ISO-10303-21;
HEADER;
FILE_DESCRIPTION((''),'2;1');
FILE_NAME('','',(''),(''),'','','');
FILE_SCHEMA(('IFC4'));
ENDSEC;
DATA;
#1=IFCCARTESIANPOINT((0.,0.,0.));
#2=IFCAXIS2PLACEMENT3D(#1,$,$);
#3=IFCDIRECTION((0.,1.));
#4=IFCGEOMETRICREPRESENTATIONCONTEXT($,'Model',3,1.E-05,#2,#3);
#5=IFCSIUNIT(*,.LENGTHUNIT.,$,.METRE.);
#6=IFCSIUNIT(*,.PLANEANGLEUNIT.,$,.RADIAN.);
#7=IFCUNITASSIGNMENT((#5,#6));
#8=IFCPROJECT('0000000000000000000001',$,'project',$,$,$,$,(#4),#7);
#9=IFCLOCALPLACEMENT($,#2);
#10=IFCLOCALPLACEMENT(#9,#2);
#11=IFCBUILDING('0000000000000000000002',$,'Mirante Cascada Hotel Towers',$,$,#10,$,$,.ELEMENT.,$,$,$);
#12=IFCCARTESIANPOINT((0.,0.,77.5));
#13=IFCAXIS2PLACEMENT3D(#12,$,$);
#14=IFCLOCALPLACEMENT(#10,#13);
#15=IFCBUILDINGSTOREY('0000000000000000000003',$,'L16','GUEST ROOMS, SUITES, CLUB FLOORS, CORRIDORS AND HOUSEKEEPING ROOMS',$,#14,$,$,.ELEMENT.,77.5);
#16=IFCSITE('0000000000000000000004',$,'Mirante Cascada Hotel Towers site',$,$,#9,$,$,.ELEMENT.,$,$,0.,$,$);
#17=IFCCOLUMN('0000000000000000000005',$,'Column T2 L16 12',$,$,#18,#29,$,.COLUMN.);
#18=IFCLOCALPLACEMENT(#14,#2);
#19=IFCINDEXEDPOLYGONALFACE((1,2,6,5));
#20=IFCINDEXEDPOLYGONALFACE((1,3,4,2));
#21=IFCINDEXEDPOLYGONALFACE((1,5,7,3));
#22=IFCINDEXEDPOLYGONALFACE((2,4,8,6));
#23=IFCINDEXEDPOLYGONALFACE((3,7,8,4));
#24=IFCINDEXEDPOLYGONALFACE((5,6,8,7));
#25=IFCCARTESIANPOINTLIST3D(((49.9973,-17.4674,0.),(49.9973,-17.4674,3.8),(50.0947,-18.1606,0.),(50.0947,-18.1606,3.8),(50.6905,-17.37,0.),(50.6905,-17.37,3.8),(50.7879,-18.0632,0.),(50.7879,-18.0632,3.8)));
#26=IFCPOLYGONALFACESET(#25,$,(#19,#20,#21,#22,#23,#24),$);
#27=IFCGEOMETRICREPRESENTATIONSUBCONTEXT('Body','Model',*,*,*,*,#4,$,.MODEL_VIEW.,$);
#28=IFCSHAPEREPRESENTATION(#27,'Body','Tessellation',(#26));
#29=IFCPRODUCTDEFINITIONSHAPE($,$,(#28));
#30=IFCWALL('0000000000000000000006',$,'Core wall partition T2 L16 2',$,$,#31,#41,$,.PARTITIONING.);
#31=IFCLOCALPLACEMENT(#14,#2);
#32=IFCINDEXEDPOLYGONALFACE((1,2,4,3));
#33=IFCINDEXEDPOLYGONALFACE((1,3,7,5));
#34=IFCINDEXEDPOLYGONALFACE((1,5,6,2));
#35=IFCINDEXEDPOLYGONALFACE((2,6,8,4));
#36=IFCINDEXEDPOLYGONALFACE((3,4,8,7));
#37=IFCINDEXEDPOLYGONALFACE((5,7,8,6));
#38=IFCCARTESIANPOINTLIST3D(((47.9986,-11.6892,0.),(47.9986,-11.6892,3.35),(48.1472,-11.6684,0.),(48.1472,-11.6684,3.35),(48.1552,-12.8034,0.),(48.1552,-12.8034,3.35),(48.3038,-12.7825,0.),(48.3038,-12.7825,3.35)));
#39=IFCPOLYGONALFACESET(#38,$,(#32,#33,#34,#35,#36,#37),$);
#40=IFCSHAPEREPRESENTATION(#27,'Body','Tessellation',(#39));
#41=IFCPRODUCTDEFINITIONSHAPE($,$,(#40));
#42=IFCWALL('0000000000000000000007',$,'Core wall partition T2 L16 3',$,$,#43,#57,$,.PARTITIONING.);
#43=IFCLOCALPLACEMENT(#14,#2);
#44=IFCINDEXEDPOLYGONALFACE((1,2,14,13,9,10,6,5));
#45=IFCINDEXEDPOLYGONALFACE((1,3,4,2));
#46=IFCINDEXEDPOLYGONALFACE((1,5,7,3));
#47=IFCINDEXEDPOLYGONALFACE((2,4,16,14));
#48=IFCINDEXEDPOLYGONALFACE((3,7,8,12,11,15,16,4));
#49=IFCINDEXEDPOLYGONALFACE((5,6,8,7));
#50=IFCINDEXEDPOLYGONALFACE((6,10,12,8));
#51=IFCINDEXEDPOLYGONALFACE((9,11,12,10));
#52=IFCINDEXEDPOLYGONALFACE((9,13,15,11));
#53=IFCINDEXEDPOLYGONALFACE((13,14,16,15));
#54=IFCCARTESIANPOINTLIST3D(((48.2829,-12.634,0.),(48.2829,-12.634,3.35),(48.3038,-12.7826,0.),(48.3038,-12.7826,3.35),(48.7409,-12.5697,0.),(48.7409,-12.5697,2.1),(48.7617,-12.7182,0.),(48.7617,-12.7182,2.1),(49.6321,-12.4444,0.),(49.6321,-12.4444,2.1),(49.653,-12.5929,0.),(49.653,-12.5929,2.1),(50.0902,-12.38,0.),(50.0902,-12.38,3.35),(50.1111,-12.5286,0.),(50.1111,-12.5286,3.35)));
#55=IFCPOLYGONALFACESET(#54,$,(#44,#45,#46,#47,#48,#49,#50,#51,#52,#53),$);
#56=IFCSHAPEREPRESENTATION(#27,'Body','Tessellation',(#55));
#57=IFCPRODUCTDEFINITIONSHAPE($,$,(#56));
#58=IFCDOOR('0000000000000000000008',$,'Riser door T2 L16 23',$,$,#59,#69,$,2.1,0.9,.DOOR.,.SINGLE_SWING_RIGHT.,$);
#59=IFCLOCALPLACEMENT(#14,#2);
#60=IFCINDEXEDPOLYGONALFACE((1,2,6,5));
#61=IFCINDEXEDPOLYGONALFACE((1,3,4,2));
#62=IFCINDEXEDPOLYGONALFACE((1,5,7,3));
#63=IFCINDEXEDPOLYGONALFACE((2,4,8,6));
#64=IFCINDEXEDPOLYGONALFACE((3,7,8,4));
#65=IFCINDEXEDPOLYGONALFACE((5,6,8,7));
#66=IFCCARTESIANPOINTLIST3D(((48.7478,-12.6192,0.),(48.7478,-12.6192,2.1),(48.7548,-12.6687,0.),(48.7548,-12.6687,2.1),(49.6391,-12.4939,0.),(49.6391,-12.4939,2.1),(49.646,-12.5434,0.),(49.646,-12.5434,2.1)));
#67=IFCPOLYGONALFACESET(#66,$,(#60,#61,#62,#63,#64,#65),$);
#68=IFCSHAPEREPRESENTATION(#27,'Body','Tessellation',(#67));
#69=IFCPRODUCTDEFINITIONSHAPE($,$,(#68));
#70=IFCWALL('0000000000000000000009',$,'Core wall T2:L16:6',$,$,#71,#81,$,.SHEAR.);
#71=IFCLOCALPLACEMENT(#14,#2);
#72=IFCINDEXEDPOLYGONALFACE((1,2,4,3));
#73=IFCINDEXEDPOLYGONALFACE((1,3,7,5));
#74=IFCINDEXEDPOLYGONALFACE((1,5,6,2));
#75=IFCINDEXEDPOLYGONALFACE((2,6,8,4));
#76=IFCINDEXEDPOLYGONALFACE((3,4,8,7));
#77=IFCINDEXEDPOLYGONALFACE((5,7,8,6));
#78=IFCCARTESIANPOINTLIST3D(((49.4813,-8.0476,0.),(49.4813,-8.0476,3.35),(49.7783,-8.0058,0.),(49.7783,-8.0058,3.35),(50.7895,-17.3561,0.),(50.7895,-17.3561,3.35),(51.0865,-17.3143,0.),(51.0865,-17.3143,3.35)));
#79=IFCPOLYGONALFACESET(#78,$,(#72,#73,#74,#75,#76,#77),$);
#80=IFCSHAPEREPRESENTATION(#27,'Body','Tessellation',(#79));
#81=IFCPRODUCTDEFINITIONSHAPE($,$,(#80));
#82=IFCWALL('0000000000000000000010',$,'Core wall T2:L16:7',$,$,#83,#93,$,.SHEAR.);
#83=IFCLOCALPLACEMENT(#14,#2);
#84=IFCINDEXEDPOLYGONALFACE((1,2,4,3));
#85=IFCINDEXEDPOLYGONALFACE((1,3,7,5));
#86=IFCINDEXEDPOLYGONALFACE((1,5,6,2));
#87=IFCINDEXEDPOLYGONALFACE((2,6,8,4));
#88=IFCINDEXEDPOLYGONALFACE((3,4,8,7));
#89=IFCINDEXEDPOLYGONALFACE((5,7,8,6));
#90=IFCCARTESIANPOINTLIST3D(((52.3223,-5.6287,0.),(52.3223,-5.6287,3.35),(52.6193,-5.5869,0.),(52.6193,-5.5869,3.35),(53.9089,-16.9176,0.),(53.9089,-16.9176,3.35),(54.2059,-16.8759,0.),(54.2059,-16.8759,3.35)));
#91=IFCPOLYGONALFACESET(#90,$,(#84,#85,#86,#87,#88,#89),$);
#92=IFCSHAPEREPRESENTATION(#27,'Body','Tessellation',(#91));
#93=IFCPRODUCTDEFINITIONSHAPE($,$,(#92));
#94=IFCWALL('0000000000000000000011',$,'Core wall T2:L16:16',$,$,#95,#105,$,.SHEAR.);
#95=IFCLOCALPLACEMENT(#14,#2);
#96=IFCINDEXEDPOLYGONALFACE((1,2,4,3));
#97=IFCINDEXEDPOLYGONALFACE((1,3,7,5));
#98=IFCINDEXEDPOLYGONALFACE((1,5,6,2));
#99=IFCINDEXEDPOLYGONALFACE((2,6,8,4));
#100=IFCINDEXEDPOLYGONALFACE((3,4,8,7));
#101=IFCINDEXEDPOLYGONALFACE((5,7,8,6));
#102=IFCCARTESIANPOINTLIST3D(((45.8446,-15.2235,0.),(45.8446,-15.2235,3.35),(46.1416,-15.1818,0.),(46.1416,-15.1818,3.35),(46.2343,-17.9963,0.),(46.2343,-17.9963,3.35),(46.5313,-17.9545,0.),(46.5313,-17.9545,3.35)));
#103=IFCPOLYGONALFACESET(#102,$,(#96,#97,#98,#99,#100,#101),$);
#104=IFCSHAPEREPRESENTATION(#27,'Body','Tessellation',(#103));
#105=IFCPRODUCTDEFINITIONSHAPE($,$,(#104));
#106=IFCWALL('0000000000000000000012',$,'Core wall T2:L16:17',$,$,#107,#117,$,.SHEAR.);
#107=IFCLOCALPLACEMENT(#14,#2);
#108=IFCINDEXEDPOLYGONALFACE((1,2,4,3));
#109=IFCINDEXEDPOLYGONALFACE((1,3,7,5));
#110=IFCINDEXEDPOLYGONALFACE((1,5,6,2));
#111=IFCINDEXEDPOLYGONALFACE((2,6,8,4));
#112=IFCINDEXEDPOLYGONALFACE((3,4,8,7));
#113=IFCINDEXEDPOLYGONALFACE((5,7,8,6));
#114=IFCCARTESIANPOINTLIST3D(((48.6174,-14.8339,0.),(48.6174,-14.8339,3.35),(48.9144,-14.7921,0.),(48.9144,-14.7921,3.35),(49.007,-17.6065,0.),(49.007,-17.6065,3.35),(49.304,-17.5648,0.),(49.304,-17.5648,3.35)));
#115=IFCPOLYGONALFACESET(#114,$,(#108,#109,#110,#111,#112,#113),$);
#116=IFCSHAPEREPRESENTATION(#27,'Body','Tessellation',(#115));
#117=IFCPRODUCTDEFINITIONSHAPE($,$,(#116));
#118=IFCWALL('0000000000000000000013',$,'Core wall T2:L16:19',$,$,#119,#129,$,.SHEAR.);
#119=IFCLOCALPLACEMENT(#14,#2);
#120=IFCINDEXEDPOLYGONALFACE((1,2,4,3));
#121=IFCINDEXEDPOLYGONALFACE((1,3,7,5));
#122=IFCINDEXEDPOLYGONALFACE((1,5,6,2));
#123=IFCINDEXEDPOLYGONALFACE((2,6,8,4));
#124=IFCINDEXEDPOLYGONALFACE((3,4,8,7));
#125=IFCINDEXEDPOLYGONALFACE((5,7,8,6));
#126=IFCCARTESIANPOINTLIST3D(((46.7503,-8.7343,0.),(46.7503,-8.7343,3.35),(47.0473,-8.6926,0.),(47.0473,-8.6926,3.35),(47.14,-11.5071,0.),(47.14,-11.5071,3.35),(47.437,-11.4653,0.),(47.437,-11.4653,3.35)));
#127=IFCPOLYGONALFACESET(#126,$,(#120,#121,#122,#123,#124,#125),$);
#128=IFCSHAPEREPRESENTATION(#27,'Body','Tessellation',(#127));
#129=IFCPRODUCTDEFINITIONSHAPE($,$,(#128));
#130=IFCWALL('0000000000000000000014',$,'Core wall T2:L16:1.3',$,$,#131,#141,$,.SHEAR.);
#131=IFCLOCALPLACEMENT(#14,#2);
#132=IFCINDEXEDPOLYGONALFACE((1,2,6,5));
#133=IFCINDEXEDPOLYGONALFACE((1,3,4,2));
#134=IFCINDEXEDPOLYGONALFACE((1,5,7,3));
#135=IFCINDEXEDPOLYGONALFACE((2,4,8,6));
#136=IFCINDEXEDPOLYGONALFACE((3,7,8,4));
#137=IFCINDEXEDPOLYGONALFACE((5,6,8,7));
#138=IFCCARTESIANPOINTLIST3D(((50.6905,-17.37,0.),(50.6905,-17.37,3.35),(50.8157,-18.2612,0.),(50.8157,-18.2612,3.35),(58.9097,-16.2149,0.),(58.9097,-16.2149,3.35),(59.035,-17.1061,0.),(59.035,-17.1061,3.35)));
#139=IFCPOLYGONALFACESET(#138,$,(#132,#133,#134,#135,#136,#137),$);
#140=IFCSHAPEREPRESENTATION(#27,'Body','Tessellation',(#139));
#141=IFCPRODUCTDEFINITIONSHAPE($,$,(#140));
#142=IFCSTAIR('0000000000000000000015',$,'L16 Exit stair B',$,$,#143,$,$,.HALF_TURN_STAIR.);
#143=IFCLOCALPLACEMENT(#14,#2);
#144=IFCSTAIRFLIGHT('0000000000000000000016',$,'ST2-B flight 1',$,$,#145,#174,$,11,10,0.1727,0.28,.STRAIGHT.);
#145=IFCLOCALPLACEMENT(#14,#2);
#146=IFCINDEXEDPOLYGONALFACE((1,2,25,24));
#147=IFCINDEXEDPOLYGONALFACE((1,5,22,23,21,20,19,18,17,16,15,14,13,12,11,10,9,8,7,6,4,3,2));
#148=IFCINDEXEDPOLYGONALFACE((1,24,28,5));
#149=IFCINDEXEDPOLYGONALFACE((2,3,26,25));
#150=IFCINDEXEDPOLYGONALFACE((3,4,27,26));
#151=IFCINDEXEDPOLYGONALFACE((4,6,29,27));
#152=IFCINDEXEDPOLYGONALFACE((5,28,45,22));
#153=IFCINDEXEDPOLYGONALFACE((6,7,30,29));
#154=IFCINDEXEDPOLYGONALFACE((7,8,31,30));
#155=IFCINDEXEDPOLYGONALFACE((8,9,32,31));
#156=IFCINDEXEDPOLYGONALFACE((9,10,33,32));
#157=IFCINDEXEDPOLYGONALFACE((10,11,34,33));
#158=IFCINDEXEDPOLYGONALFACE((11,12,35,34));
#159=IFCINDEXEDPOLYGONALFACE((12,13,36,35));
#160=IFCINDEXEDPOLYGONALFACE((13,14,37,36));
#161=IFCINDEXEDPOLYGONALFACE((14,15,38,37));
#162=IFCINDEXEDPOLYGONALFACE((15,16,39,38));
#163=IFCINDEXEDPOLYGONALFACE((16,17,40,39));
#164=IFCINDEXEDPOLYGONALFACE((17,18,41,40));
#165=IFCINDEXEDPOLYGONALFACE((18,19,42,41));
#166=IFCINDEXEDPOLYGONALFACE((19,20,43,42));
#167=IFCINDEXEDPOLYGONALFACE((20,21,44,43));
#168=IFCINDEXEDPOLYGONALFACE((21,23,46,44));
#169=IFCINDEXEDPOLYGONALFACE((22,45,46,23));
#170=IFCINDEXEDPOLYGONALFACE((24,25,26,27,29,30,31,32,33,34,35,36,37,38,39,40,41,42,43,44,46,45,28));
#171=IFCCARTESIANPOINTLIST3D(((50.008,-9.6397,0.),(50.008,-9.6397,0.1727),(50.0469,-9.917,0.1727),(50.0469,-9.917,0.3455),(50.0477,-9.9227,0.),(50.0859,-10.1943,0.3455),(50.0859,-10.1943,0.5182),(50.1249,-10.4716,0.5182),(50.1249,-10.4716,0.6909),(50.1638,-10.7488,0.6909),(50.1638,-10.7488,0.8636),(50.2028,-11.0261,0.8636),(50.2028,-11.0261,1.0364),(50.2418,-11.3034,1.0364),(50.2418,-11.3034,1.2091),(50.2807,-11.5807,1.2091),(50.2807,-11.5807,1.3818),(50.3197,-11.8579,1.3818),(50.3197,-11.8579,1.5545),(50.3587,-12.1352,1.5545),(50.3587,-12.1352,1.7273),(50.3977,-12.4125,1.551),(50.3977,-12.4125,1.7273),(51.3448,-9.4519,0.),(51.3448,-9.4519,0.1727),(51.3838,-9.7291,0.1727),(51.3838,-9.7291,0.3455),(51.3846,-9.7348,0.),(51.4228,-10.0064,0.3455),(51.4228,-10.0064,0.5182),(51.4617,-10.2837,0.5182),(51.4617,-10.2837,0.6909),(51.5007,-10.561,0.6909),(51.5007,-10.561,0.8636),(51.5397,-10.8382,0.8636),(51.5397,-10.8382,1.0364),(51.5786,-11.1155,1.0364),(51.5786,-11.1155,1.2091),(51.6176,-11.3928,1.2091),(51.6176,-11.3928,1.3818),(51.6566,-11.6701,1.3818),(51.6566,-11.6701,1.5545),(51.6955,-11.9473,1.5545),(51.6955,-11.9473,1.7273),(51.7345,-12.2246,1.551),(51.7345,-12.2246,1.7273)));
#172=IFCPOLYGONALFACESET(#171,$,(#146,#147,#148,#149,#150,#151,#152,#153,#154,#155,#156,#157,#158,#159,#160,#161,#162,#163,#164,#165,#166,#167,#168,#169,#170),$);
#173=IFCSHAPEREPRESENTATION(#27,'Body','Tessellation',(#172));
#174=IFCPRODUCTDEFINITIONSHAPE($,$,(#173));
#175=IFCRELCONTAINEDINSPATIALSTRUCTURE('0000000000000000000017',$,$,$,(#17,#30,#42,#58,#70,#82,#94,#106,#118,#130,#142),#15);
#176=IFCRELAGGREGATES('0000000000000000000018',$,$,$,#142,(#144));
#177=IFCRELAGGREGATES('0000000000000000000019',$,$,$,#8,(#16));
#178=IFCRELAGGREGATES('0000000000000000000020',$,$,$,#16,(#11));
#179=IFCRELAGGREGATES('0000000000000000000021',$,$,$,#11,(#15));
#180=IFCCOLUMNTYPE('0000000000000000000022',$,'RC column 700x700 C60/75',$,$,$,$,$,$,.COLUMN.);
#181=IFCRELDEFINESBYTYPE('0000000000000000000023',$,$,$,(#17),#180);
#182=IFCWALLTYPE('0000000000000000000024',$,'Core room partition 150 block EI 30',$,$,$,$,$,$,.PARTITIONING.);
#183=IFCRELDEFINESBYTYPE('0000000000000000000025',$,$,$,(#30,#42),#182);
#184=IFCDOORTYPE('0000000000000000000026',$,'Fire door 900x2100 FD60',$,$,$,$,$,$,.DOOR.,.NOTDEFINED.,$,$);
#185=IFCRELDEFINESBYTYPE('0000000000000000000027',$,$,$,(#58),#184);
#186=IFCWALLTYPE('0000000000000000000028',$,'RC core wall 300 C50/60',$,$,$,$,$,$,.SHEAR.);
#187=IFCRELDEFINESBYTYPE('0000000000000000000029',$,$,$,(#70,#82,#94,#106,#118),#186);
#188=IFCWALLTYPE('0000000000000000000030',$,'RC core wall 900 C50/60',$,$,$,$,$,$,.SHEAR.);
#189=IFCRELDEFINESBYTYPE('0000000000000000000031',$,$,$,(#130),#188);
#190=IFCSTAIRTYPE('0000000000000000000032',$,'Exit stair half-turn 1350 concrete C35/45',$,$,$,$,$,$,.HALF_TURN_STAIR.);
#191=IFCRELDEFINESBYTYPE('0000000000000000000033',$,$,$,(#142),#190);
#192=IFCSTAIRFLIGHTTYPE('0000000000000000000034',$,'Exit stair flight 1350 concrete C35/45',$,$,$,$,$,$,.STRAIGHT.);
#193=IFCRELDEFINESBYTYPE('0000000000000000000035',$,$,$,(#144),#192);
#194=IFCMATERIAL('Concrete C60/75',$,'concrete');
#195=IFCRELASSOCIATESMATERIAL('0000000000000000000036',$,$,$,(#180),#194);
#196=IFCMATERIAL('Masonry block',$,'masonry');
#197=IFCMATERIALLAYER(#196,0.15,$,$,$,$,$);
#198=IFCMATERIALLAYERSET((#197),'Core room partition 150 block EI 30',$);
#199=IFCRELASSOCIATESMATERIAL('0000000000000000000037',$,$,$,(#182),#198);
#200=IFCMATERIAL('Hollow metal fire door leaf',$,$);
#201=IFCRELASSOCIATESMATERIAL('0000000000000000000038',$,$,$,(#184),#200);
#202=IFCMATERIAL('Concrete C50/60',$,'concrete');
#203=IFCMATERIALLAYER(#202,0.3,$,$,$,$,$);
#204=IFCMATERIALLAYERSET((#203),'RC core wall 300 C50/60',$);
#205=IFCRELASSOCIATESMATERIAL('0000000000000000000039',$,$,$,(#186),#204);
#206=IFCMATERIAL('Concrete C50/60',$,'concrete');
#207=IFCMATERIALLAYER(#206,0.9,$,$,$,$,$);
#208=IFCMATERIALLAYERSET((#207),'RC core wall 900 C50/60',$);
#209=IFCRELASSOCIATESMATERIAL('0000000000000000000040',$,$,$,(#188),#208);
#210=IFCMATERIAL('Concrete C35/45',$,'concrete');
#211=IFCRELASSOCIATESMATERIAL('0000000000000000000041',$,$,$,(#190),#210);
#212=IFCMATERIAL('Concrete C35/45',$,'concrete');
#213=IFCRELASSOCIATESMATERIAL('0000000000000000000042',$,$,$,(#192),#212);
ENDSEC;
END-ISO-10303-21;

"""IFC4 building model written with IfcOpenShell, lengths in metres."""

from ifc_helpers import new_model, si_unit, direction, frame, frame_2d, origin, origin_2d, place, context, subcontext, project, spatial, polyline, rectangle, outline, extrude, material, layer, layer_set, material_profile, profile_set, type_object, element, fill, aggregate, save


model = new_model("IFC4")

# Units and contexts
model_context = context("Model", 3, precision=1e-05, world=origin(), true_north=direction((0.0, 1.0)))
body_context = subcontext(model_context, "Body", "Model", "MODEL_VIEW")
ifc_project = project(units=[si_unit("LENGTHUNIT", "METRE"), si_unit("PLANEANGLEUNIT", "RADIAN")], contexts=[model_context])

# Site, building, storey
site_placement = place(None, origin())
site = spatial("IfcSite", under=ifc_project, at=site_placement, Name="Mirante Cascada Hotel Towers site", CompositionType="ELEMENT", RefElevation=0.0)
building_placement = place(site_placement, origin())
building = spatial("IfcBuilding", under=site, at=building_placement, Name="Mirante Cascada Hotel Towers", CompositionType="ELEMENT")
storey_placement = place(building_placement, frame((0.0, 0.0, 77.5)))
storey = spatial("IfcBuildingStorey", under=building, at=storey_placement, Name="L16", Description="GUEST ROOMS, SUITES, CLUB FLOORS, CORRIDORS AND HOUSEKEEPING ROOMS", CompositionType="ELEMENT", Elevation=77.5)

# Column
ifc_material_1 = material(Name="Concrete C60/75", Category="concrete")
ifc_material_profile = material_profile(ifc_material_1, rectangle(XDim=0.7, YDim=0.7, at=origin_2d()), Name="RC column 700x700 C60/75")
ifc_profile_set = profile_set([ifc_material_profile], Name="Concrete C60/75")
column_type = type_object("IfcColumnType", Name="RC column 700x700 C60/75", PredefinedType="COLUMN", material=ifc_profile_set)
column_placement = place(storey_placement, frame((50.3926, -17.7653, 0.0), z_axis=(0.0, 0.0, 1.0), x_axis=(0.990268, 0.139173, 0.0)))
element("IfcColumn", 1, at=column_placement, inside=storey, type_object=column_type, Name="Column T2 L16 12", PredefinedType="COLUMN", context=body_context, shape_type="SweptSolid", body=[
    extrude(rectangle(XDim=0.7, YDim=0.7, at=origin_2d()), origin(), (0.0, 0.0, 1.0), 3.8),
])

# Wall
ifc_material_2 = material(Name="Masonry block", Category="masonry")
ifc_layer_1 = layer(ifc_material_2, 0.15)
ifc_layer_set_1 = layer_set([ifc_layer_1], Name="Core room partition 150 block EI 30")
wall_type_1 = type_object("IfcWallType", Name="Core room partition 150 block EI 30", PredefinedType="PARTITIONING", material=ifc_layer_set_1)
wall_1_placement = place(storey_placement, frame((48.2295, -12.793, 0.0), z_axis=(0.0, 0.0, 1.0), x_axis=(-0.139193, 0.990265, 0.0)))
element("IfcWall", 2, at=wall_1_placement, inside=storey, type_object=wall_type_1, Name="Core wall partition T2 L16 2", PredefinedType="PARTITIONING", context=body_context, shape_type="SweptSolid", body=[
    extrude(rectangle(XDim=1.1251, YDim=0.15, at=frame_2d((0.5626, 0.0))), origin(), (0.0, 0.0, 1.0), 3.35),
])

# Wall, opening, door
wall_2_placement = place(storey_placement, frame((48.2933, -12.7083, 0.0), z_axis=(0.0, 0.0, 1.0), x_axis=(0.990268, 0.139173, 0.0)))
wall_2 = element("IfcWall", 3, at=wall_2_placement, inside=storey, type_object=wall_type_1, Name="Core wall partition T2 L16 3", PredefinedType="PARTITIONING", context=body_context, shape_type="SweptSolid", body=[
    extrude(rectangle(XDim=1.8251, YDim=0.15, at=frame_2d((0.9126, 0.0))), origin(), (0.0, 0.0, 1.0), 3.35),
])
opening_1_placement = place(wall_2_placement, frame((0.4625, 0.0, 0.0)))
opening_1 = element("IfcOpeningElement", 4, at=opening_1_placement, cuts=wall_2, PredefinedType="OPENING", context=body_context, shape_type="SweptSolid", body=[
    extrude(rectangle(XDim=0.9, YDim=2.1, at=frame_2d((0.45, 1.05))), frame((0.0, 0.075, 0.0), z_axis=(0.0, -1.0, 0.0), x_axis=(1.0, 0.0, 0.0)), (0.0, 0.0, 1.0), 0.15),
])
ifc_material_3 = material(Name="Hollow metal fire door leaf")
door_type_1 = type_object("IfcDoorType", Name="Fire door 900x2100 FD60", OperationType="NOTDEFINED", PredefinedType="DOOR", material=ifc_material_3)
door_1_placement = place(opening_1_placement, frame((0.9, 0.0, 0.0), z_axis=(0.0, 0.0, 1.0), x_axis=(-1.0, 0.0, 0.0)))
door_1 = element("IfcDoor", 5, at=door_1_placement, inside=storey, type_object=door_type_1, Name="Riser door T2 L16 23", OperationType="SINGLE_SWING_RIGHT", OverallHeight=2.1, OverallWidth=0.9, PredefinedType="DOOR", context=body_context, shape_type="SweptSolid", body=[
    extrude(rectangle(XDim=0.9, YDim=2.1, at=frame_2d((0.45, 1.05))), frame((0.0, 0.025, 0.0), z_axis=(0.0, -1.0, 0.0), x_axis=(1.0, 0.0, 0.0)), (0.0, 0.0, 1.0), 0.05),
])
fill(opening_1, door_1)

# Walls
ifc_material_4 = material(Name="Concrete C50/60", Category="concrete")
ifc_layer_2 = layer(ifc_material_4, 0.3)
ifc_layer_set_2 = layer_set([ifc_layer_2], Name="RC core wall 300 C50/60")
wall_type_2 = type_object("IfcWallType", Name="RC core wall 300 C50/60", PredefinedType="SHEAR", material=ifc_layer_set_2)
wall_3_placement = place(storey_placement, frame((50.938, -17.3352, 0.0), z_axis=(0.0, 0.0, 1.0), x_axis=(-0.139171, 0.990268, 0.0)))
element("IfcWall", 6, at=wall_3_placement, inside=storey, type_object=wall_type_2, Name="Core wall T2:L16:6", PredefinedType="SHEAR", context=body_context, shape_type="SweptSolid", body=[
    extrude(rectangle(XDim=9.4, YDim=0.3, at=frame_2d((4.7, 0.0))), origin(), (0.0, 0.0, 1.0), 3.35),
])
wall_4_placement = place(storey_placement, frame((54.0574, -16.8968, 0.0), z_axis=(0.0, 0.0, 1.0), x_axis=(-0.139176, 0.990268, 0.0)))
element("IfcWall", 7, at=wall_4_placement, inside=storey, type_object=wall_type_2, Name="Core wall T2:L16:7", PredefinedType="SHEAR", context=body_context, shape_type="SweptSolid", body=[
    extrude(rectangle(XDim=11.3999, YDim=0.3, at=frame_2d((5.7, 0.0))), origin(), (0.0, 0.0, 1.0), 3.35),
])
wall_5_placement = place(storey_placement, frame((46.3828, -17.9754, 0.0), z_axis=(0.0, 0.0, 1.0), x_axis=(-0.139181, 0.990267, 0.0)))
element("IfcWall", 8, at=wall_5_placement, inside=storey, type_object=wall_type_2, Name="Core wall T2:L16:16", PredefinedType="SHEAR", context=body_context, shape_type="SweptSolid", body=[
    extrude(rectangle(XDim=2.8, YDim=0.3, at=frame_2d((1.4, 0.0))), origin(), (0.0, 0.0, 1.0), 3.35),
])
wall_6_placement = place(storey_placement, frame((49.1555, -17.5857, 0.0), z_axis=(0.0, 0.0, 1.0), x_axis=(-0.139146, 0.990272, 0.0)))
element("IfcWall", 9, at=wall_6_placement, inside=storey, type_object=wall_type_2, Name="Core wall T2:L16:17", PredefinedType="SHEAR", context=body_context, shape_type="SweptSolid", body=[
    extrude(rectangle(XDim=2.7999, YDim=0.3, at=frame_2d((1.4, 0.0))), origin(), (0.0, 0.0, 1.0), 3.35),
])
wall_7_placement = place(storey_placement, frame((47.2885, -11.4862, 0.0), z_axis=(0.0, 0.0, 1.0), x_axis=(-0.139181, 0.990267, 0.0)))
element("IfcWall", 10, at=wall_7_placement, inside=storey, type_object=wall_type_2, Name="Core wall T2:L16:19", PredefinedType="SHEAR", context=body_context, shape_type="SweptSolid", body=[
    extrude(rectangle(XDim=2.8, YDim=0.3, at=frame_2d((1.4, 0.0))), origin(), (0.0, 0.0, 1.0), 3.35),
])

# Wall
ifc_material_5 = material(Name="Concrete C50/60", Category="concrete")
ifc_layer_3 = layer(ifc_material_5, 0.9)
ifc_layer_set_3 = layer_set([ifc_layer_3], Name="RC core wall 900 C50/60")
wall_type_3 = type_object("IfcWallType", Name="RC core wall 900 C50/60", PredefinedType="SHEAR", material=ifc_layer_set_3)
wall_8_placement = place(storey_placement, frame((50.7531, -17.8156, 0.0), z_axis=(0.0, 0.0, 1.0), x_axis=(0.990269, 0.139169, 0.0)))
element("IfcWall", 11, at=wall_8_placement, inside=storey, type_object=wall_type_3, Name="Core wall T2:L16:1.3", PredefinedType="SHEAR", context=body_context, shape_type="SweptSolid", body=[
    extrude(rectangle(XDim=8.3, YDim=0.9, at=frame_2d((4.15, 0.0))), origin(), (0.0, 0.0, 1.0), 3.35),
])

# Stair, stair flight
ifc_material_6 = material(Name="Concrete C35/45", Category="concrete")
stair_type = type_object("IfcStairType", Name="Exit stair half-turn 1350 concrete C35/45", PredefinedType="HALF_TURN_STAIR", material=ifc_material_6)
stair_placement = place(storey_placement, origin())
stair = element("IfcStair", 12, at=stair_placement, inside=storey, type_object=stair_type, Name="L16 Exit stair B", PredefinedType="HALF_TURN_STAIR")
ifc_material_7 = material(Name="Concrete C35/45", Category="concrete")
stair_flight_type = type_object("IfcStairFlightType", Name="Exit stair flight 1350 concrete C35/45", PredefinedType="STRAIGHT", material=ifc_material_7)
stair_flight_1_placement = place(storey_placement, frame((50.6764, -9.5458, 0.0), z_axis=(0.0, 0.0, 1.0), x_axis=(0.139173, -0.990268, 0.0)))
stair_flight_1 = element("IfcStairFlight", 13, at=stair_flight_1_placement, type_object=stair_flight_type, Name="ST2-B flight 1", NumberOfRisers=11, NumberOfTreads=10, PredefinedType="STRAIGHT", RiserHeight=0.1727, TreadLength=0.28, context=body_context, shape_type="SweptSolid", body=[
    extrude(outline(polyline([(0.0, 0.0), (0.0, 0.1727), (0.28, 0.1727), (0.28, 0.3455), (0.56, 0.3455), (0.56, 0.5182), (0.84, 0.5182), (0.84, 0.6909), (1.12, 0.6909), (1.12, 0.8636), (1.4, 0.8636), (1.4, 1.0364), (1.68, 1.0364), (1.68, 1.2091), (1.96, 1.2091), (1.96, 1.3818), (2.24, 1.3818), (2.24, 1.5545), (2.52, 1.5545), (2.52, 1.7273), (2.8, 1.7273), (2.8, 1.9), (2.8, 1.551), (0.2857, 0.0), (0.0, 0.0)])), frame((0.0, 0.675, 0.0), z_axis=(0.0, -1.0, 0.0), x_axis=(1.0, 0.0, 0.0)), (0.0, 0.0, 1.0), 1.35),
])
aggregate(stair, [stair_flight_1])

save(model, "model.ifc")
